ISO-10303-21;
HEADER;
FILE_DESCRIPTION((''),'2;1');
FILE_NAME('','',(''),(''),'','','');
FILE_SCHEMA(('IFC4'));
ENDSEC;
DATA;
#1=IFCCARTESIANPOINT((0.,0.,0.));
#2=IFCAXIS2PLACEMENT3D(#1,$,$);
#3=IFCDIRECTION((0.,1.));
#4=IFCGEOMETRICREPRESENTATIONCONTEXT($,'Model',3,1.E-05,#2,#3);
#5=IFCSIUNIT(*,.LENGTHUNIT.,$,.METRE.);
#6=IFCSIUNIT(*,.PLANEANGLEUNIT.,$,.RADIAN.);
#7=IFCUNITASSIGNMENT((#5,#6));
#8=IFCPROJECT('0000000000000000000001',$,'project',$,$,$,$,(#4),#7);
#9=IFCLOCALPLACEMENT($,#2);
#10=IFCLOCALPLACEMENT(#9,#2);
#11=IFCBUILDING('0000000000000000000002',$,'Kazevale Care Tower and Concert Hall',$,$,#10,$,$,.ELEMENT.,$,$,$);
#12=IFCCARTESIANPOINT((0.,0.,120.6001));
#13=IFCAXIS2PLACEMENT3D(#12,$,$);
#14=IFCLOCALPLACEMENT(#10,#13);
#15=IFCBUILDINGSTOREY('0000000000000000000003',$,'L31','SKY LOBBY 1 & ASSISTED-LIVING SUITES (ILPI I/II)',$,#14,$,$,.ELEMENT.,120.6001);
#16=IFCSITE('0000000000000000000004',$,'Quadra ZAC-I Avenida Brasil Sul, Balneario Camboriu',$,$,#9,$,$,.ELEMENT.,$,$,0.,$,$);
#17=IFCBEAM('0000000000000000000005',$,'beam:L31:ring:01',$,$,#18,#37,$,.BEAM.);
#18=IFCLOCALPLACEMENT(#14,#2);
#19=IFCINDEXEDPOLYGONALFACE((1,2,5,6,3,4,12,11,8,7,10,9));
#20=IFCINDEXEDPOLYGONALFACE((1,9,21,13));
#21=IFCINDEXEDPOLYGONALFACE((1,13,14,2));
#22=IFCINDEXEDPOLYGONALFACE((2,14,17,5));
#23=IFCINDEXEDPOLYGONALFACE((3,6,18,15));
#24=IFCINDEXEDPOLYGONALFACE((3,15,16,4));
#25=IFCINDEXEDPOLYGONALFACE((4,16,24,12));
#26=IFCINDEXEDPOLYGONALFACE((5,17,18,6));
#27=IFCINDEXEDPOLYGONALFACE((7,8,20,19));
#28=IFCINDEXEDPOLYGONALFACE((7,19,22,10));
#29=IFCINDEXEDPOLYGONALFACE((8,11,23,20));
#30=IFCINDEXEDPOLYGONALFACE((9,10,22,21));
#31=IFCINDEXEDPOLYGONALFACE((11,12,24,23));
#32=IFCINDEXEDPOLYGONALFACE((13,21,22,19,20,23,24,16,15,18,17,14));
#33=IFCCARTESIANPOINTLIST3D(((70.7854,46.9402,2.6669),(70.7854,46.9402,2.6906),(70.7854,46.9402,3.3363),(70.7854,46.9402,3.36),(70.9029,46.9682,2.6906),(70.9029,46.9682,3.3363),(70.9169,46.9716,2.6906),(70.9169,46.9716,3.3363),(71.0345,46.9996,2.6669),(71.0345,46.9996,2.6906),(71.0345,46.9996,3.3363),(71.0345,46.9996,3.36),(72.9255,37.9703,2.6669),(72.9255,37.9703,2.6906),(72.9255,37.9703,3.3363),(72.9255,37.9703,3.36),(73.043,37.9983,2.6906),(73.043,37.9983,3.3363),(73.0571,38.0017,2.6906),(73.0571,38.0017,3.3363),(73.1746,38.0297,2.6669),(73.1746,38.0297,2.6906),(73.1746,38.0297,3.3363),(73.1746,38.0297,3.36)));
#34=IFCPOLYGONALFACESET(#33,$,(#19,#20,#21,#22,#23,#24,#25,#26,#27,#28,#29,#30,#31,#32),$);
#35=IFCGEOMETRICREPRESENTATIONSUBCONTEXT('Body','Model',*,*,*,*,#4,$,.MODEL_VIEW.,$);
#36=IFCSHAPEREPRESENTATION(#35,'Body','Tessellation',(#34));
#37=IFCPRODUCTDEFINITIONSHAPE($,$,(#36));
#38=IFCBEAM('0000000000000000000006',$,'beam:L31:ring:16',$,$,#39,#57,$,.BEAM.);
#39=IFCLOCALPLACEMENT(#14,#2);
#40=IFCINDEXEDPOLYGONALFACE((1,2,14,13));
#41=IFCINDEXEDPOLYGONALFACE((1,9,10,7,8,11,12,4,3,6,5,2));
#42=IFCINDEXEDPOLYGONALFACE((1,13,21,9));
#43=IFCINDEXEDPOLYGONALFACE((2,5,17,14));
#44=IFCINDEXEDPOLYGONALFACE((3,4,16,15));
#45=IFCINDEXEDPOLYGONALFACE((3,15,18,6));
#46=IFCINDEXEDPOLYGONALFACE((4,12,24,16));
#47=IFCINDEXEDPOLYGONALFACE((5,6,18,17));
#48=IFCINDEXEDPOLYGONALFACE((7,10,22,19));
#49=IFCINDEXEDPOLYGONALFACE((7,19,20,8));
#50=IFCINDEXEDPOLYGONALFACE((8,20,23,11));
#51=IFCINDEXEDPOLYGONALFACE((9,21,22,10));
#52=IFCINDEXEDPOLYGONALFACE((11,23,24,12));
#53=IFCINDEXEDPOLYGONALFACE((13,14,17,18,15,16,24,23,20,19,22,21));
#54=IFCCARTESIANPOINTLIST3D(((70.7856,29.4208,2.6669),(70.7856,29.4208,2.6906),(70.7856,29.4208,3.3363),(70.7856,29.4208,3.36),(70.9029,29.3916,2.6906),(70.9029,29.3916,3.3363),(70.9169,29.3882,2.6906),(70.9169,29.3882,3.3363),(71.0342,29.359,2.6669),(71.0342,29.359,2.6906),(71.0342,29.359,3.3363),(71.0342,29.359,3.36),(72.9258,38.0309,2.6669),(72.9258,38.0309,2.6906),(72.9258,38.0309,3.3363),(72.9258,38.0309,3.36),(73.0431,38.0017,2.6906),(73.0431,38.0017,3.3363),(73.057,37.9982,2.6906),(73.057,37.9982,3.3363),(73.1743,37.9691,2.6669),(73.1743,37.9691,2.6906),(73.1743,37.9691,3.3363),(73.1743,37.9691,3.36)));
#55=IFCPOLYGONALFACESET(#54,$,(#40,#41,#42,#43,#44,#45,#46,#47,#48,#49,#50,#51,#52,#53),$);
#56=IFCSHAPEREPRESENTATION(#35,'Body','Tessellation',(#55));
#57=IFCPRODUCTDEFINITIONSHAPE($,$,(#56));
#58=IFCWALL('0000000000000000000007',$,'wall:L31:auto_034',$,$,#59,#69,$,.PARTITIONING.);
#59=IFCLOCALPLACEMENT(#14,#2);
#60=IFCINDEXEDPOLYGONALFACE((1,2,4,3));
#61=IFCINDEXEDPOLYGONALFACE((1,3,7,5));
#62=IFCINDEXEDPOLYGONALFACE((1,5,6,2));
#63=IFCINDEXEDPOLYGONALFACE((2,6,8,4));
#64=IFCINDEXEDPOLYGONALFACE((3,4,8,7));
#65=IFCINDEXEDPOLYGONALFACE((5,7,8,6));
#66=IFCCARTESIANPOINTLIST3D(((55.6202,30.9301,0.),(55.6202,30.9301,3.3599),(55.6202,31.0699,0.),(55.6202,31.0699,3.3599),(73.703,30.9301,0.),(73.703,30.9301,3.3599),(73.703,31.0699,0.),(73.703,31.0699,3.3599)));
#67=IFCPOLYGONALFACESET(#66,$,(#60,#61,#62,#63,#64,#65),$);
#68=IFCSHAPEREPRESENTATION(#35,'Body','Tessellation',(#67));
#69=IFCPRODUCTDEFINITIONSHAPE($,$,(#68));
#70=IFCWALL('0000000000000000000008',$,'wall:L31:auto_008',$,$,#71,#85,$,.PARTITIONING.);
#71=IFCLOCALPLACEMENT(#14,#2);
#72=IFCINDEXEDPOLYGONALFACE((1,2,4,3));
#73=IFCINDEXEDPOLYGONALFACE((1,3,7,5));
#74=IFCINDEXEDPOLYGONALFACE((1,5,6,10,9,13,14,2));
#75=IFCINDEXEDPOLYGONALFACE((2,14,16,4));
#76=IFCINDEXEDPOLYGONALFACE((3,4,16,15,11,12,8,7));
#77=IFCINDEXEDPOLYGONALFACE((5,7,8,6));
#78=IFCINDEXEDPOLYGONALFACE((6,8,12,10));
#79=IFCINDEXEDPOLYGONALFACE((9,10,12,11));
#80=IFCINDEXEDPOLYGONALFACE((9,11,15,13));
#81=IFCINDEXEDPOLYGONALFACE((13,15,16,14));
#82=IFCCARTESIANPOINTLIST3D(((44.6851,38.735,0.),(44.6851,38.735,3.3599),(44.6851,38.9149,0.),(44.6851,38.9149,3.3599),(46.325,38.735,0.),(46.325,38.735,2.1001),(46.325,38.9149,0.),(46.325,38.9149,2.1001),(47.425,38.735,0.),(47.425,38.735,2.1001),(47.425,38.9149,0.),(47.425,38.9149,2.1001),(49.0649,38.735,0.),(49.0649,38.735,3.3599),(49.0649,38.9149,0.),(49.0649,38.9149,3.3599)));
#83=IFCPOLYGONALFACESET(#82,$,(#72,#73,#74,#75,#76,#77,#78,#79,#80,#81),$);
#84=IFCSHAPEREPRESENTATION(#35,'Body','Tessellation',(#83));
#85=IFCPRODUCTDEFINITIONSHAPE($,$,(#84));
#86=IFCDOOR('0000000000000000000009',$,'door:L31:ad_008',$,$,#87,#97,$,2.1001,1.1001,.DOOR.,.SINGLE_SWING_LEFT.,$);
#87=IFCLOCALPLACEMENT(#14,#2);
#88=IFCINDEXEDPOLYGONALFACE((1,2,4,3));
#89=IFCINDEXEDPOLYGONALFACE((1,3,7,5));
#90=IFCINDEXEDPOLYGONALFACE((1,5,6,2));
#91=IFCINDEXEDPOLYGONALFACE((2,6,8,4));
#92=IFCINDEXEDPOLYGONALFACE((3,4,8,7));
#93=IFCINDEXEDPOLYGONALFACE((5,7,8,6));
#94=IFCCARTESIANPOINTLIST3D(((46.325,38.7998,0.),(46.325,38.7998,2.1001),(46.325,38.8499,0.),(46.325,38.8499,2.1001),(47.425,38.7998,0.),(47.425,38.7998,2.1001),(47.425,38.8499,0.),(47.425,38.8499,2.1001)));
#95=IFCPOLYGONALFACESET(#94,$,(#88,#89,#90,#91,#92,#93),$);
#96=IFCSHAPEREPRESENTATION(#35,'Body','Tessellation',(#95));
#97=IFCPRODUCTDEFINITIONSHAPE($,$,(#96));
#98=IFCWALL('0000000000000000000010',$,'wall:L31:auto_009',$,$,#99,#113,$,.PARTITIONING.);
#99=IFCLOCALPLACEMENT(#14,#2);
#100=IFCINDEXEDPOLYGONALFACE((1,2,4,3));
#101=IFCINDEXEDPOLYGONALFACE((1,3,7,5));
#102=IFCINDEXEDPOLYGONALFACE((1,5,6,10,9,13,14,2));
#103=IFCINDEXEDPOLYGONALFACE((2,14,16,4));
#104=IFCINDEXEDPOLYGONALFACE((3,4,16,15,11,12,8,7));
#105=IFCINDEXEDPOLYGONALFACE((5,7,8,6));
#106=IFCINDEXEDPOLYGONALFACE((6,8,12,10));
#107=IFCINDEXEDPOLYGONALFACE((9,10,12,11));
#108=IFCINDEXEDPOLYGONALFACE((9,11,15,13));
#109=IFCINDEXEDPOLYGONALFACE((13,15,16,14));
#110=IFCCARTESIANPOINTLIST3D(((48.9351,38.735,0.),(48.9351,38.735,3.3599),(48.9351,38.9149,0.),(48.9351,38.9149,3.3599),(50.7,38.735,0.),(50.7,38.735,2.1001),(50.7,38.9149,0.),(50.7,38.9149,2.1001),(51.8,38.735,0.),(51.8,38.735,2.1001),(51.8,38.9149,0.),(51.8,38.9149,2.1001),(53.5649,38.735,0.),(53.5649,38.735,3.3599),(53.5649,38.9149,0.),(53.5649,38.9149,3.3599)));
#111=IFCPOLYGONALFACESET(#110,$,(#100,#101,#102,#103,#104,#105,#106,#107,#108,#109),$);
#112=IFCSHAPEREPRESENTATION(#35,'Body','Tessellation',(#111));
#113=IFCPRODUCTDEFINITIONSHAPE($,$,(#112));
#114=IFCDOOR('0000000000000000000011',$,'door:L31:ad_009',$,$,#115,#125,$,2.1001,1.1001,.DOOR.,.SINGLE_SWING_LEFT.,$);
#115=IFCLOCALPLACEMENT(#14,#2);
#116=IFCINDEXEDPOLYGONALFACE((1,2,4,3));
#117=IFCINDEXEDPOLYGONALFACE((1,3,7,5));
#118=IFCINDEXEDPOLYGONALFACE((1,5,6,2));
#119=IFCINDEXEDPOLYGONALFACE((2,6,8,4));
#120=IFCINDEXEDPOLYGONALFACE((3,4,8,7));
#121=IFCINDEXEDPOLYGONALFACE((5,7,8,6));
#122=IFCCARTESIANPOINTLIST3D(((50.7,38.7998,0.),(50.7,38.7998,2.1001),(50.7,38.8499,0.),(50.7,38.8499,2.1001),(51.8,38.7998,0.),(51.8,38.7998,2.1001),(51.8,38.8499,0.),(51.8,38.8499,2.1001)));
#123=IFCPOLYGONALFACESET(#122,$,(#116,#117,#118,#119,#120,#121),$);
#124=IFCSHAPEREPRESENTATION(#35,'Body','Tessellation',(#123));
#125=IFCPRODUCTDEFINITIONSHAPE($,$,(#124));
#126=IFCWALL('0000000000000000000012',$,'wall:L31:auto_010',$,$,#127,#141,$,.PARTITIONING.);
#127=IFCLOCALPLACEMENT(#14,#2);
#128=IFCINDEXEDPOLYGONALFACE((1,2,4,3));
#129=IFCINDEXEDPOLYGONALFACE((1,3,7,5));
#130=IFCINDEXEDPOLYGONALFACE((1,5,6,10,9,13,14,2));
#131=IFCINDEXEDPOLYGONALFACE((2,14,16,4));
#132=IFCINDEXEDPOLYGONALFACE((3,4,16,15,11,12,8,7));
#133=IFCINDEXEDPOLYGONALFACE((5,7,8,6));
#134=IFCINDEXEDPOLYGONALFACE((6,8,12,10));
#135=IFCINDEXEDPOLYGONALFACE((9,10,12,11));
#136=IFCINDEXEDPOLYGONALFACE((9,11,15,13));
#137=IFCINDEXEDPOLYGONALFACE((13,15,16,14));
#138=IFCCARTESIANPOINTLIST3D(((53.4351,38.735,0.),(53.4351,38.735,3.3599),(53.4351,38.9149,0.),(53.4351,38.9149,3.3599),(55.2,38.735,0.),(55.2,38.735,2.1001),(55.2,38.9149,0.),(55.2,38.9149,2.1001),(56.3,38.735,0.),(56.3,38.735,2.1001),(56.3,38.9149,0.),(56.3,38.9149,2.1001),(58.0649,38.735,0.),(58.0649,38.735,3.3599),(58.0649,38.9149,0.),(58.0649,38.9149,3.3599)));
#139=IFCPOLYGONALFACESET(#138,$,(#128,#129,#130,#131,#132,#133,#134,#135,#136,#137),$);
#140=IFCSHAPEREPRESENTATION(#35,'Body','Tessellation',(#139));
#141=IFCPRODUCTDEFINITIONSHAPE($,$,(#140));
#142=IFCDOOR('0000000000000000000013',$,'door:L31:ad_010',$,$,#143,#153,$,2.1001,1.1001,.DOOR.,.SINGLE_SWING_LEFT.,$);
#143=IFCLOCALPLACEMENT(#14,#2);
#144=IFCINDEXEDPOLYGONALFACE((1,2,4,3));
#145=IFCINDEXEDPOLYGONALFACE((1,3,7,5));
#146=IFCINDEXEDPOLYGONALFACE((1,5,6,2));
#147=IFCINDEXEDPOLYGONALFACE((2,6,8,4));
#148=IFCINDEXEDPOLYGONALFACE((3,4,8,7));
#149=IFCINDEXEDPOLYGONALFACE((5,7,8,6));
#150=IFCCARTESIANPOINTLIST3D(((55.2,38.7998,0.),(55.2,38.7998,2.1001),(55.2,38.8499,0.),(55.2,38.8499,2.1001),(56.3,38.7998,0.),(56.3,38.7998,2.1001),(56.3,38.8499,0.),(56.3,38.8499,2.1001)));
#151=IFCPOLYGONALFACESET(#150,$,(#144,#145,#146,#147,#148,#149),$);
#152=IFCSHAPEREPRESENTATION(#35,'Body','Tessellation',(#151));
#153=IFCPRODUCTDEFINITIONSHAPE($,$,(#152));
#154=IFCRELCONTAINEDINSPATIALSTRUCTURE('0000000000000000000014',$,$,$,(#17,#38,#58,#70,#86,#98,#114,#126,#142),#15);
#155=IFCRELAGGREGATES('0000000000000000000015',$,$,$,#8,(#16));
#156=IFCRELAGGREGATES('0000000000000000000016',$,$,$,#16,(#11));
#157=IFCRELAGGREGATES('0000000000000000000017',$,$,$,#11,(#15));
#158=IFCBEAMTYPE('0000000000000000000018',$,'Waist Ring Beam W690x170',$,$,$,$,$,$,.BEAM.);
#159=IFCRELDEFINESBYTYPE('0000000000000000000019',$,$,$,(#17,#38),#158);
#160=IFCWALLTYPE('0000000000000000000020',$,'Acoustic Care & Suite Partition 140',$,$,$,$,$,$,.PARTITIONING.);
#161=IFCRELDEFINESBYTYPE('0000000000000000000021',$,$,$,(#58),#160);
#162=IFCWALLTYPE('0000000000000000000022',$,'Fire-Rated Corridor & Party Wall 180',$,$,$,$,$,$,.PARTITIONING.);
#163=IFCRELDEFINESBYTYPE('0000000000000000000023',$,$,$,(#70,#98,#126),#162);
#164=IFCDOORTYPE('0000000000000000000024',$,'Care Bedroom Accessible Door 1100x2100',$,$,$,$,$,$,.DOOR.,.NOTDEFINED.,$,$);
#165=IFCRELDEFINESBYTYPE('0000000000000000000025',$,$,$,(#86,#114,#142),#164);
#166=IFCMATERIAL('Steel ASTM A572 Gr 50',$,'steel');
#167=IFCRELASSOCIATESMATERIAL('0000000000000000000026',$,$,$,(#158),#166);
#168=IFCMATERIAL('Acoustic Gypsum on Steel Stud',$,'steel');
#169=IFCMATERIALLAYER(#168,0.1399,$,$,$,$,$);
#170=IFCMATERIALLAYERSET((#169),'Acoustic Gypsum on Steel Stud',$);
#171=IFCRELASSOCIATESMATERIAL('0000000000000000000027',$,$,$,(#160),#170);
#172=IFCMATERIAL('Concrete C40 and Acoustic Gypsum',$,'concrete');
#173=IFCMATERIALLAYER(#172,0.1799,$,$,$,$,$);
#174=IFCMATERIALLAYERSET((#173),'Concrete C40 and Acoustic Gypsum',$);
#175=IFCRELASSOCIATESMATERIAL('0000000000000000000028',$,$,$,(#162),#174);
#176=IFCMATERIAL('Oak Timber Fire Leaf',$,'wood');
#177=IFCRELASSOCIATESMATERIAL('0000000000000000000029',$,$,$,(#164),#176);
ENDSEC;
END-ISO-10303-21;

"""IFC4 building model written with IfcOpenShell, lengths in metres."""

from ifc_helpers import new_model, si_unit, direction, frame, frame_2d, origin, origin_2d, place, context, subcontext, project, spatial, rectangle, i_section, extrude, material, layer, layer_set, material_profile, profile_set, type_object, element, fill, save


model = new_model("IFC4")

# Units and contexts
model_context = context("Model", 3, precision=1e-05, world=origin(), true_north=direction((0.0, 1.0)))
body_context = subcontext(model_context, "Body", "Model", "MODEL_VIEW")
ifc_project = project(units=[si_unit("LENGTHUNIT", "METRE"), si_unit("PLANEANGLEUNIT", "RADIAN")], contexts=[model_context])

# Site, building, storey
site_placement = place(None, origin())
site = spatial("IfcSite", under=ifc_project, at=site_placement, Name="Quadra ZAC-I Avenida Brasil Sul, Balneario Camboriu", CompositionType="ELEMENT", RefElevation=0.0)
building_placement = place(site_placement, origin())
building = spatial("IfcBuilding", under=site, at=building_placement, Name="Kazevale Care Tower and Concert Hall", CompositionType="ELEMENT")
storey_placement = place(building_placement, frame((0.0, 0.0, 120.6001)))
storey = spatial("IfcBuildingStorey", under=building, at=storey_placement, Name="L31", Description="SKY LOBBY 1 & ASSISTED-LIVING SUITES (ILPI I/II)", CompositionType="ELEMENT", Elevation=120.6001)

# Beams
ifc_material_1 = material(Name="Steel ASTM A572 Gr 50", Category="steel")
ifc_material_profile_1 = material_profile(ifc_material_1, i_section(OverallWidth=0.2561, OverallDepth=0.6931, WebThickness=0.0144, FlangeThickness=0.0237, at=origin_2d()), Name="W690x170")
ifc_profile_set_1 = profile_set([ifc_material_profile_1], Name="Steel ASTM A572 Gr 50")
beam_type_1 = type_object("IfcBeamType", Name="Waist Ring Beam W690x170", PredefinedType="BEAM", material=ifc_profile_set_1)
beam_1_placement = place(storey_placement, frame((73.05, 38.0, 3.0134), z_axis=(-0.232075, 0.972698, 0.0), x_axis=(-0.972698, -0.232075, 0.0)))
element("IfcBeam", 1, at=beam_1_placement, inside=storey, type_object=beam_type_1, Name="beam:L31:ring:01", PredefinedType="BEAM", context=body_context, shape_type="SweptSolid", body=[
    extrude(i_section(OverallWidth=0.2561, OverallDepth=0.6931, WebThickness=0.0144, FlangeThickness=0.0237, at=origin_2d()), origin(), (0.0, 0.0, 1.0), 9.2217),
])
beam_2_placement = place(storey_placement, frame((70.9099, 29.3899, 3.0134), z_axis=(0.241221, 0.97047, 0.0), x_axis=(-0.97047, 0.241221, 0.0)))
element("IfcBeam", 2, at=beam_2_placement, inside=storey, type_object=beam_type_1, Name="beam:L31:ring:16", PredefinedType="BEAM", context=body_context, shape_type="SweptSolid", body=[
    extrude(i_section(OverallWidth=0.2561, OverallDepth=0.6931, WebThickness=0.0144, FlangeThickness=0.0237, at=origin_2d()), origin(), (0.0, 0.0, 1.0), 8.8721),
])

# Wall
ifc_material_2 = material(Name="Acoustic Gypsum on Steel Stud", Category="steel")
ifc_layer_1 = layer(ifc_material_2, 0.1399)
ifc_layer_set_1 = layer_set([ifc_layer_1], Name="Acoustic Gypsum on Steel Stud")
wall_type_1 = type_object("IfcWallType", Name="Acoustic Care & Suite Partition 140", PredefinedType="PARTITIONING", material=ifc_layer_set_1)
wall_1_placement = place(storey_placement, frame((55.6201, 31.0, 0.0), z_axis=(0.0, 0.0, 1.0), x_axis=(1.0, 0.0, 0.0)))
element("IfcWall", 3, at=wall_1_placement, inside=storey, type_object=wall_type_1, Name="wall:L31:auto_034", PredefinedType="PARTITIONING", context=body_context, shape_type="SweptSolid", body=[
    extrude(rectangle(XDim=18.0828, YDim=0.1399, at=frame_2d((9.0415, 0.0))), origin(), (0.0, 0.0, 1.0), 3.3599),
])

# Walls, openings, doors
ifc_material_3 = material(Name="Concrete C40 and Acoustic Gypsum", Category="concrete")
ifc_layer_2 = layer(ifc_material_3, 0.1799)
ifc_layer_set_2 = layer_set([ifc_layer_2], Name="Concrete C40 and Acoustic Gypsum")
wall_type_2 = type_object("IfcWallType", Name="Fire-Rated Corridor & Party Wall 180", PredefinedType="PARTITIONING", material=ifc_layer_set_2)
wall_2_placement = place(storey_placement, frame((44.6851, 38.825, 0.0), z_axis=(0.0, 0.0, 1.0), x_axis=(1.0, 0.0, 0.0)))
wall_2 = element("IfcWall", 4, at=wall_2_placement, inside=storey, type_object=wall_type_2, Name="wall:L31:auto_008", PredefinedType="PARTITIONING", context=body_context, shape_type="SweptSolid", body=[
    extrude(rectangle(XDim=4.3799, YDim=0.1799, at=frame_2d((2.1899, 0.0))), origin(), (0.0, 0.0, 1.0), 3.3599),
])
opening_1_placement = place(wall_2_placement, frame((1.6399, 0.0, 0.0)))
opening_1 = element("IfcOpeningElement", 5, at=opening_1_placement, cuts=wall_2, PredefinedType="OPENING", context=body_context, shape_type="SweptSolid", body=[
    extrude(rectangle(XDim=1.1001, YDim=2.1001, at=frame_2d((0.55, 1.05))), frame((0.0, 0.0999, 0.0), z_axis=(0.0, -1.0, 0.0), x_axis=(1.0, 0.0, 0.0)), (0.0, 0.0, 1.0), 0.2),
])
ifc_material_4 = material(Name="Oak Timber Fire Leaf", Category="wood")
door_type = type_object("IfcDoorType", Name="Care Bedroom Accessible Door 1100x2100", OperationType="NOTDEFINED", PredefinedType="DOOR", material=ifc_material_4)
door_1_placement = place(opening_1_placement, origin())
door_1 = element("IfcDoor", 6, at=door_1_placement, inside=storey, type_object=door_type, Name="door:L31:ad_008", OperationType="SINGLE_SWING_LEFT", OverallHeight=2.1001, OverallWidth=1.1001, PredefinedType="DOOR", context=body_context, shape_type="SweptSolid", body=[
    extrude(rectangle(XDim=1.1001, YDim=2.1001, at=frame_2d((0.55, 1.05))), frame((0.0, 0.0249, 0.0), z_axis=(0.0, -1.0, 0.0), x_axis=(1.0, 0.0, 0.0)), (0.0, 0.0, 1.0), 0.05),
])
fill(opening_1, door_1)
wall_3_placement = place(storey_placement, frame((48.9351, 38.825, 0.0), z_axis=(0.0, 0.0, 1.0), x_axis=(1.0, 0.0, 0.0)))
wall_3 = element("IfcWall", 7, at=wall_3_placement, inside=storey, type_object=wall_type_2, Name="wall:L31:auto_009", PredefinedType="PARTITIONING", context=body_context, shape_type="SweptSolid", body=[
    extrude(rectangle(XDim=4.6299, YDim=0.1799, at=frame_2d((2.3149, 0.0))), origin(), (0.0, 0.0, 1.0), 3.3599),
])
opening_2_placement = place(wall_3_placement, frame((1.7649, 0.0, 0.0)))
opening_2 = element("IfcOpeningElement", 8, at=opening_2_placement, cuts=wall_3, PredefinedType="OPENING", context=body_context, shape_type="SweptSolid", body=[
    extrude(rectangle(XDim=1.1001, YDim=2.1001, at=frame_2d((0.55, 1.05))), frame((0.0, 0.0999, 0.0), z_axis=(0.0, -1.0, 0.0), x_axis=(1.0, 0.0, 0.0)), (0.0, 0.0, 1.0), 0.2),
])
door_2_placement = place(opening_2_placement, origin())
door_2 = element("IfcDoor", 9, at=door_2_placement, inside=storey, type_object=door_type, Name="door:L31:ad_009", OperationType="SINGLE_SWING_LEFT", OverallHeight=2.1001, OverallWidth=1.1001, PredefinedType="DOOR", context=body_context, shape_type="SweptSolid", body=[
    extrude(rectangle(XDim=1.1001, YDim=2.1001, at=frame_2d((0.55, 1.05))), frame((0.0, 0.0249, 0.0), z_axis=(0.0, -1.0, 0.0), x_axis=(1.0, 0.0, 0.0)), (0.0, 0.0, 1.0), 0.05),
])
fill(opening_2, door_2)
wall_4_placement = place(storey_placement, frame((53.4351, 38.825, 0.0), z_axis=(0.0, 0.0, 1.0), x_axis=(1.0, 0.0, 0.0)))
wall_4 = element("IfcWall", 10, at=wall_4_placement, inside=storey, type_object=wall_type_2, Name="wall:L31:auto_010", PredefinedType="PARTITIONING", context=body_context, shape_type="SweptSolid", body=[
    extrude(rectangle(XDim=4.6299, YDim=0.1799, at=frame_2d((2.3149, 0.0))), origin(), (0.0, 0.0, 1.0), 3.3599),
])
opening_3_placement = place(wall_4_placement, frame((1.7649, 0.0, 0.0)))
opening_3 = element("IfcOpeningElement", 11, at=opening_3_placement, cuts=wall_4, PredefinedType="OPENING", context=body_context, shape_type="SweptSolid", body=[
    extrude(rectangle(XDim=1.1001, YDim=2.1001, at=frame_2d((0.55, 1.05))), frame((0.0, 0.0999, 0.0), z_axis=(0.0, -1.0, 0.0), x_axis=(1.0, 0.0, 0.0)), (0.0, 0.0, 1.0), 0.2),
])
door_3_placement = place(opening_3_placement, origin())
door_3 = element("IfcDoor", 12, at=door_3_placement, inside=storey, type_object=door_type, Name="door:L31:ad_010", OperationType="SINGLE_SWING_LEFT", OverallHeight=2.1001, OverallWidth=1.1001, PredefinedType="DOOR", context=body_context, shape_type="SweptSolid", body=[
    extrude(rectangle(XDim=1.1001, YDim=2.1001, at=frame_2d((0.55, 1.05))), frame((0.0, 0.0249, 0.0), z_axis=(0.0, -1.0, 0.0), x_axis=(1.0, 0.0, 0.0)), (0.0, 0.0, 1.0), 0.05),
])
fill(opening_3, door_3)

save(model, "model.ifc")
